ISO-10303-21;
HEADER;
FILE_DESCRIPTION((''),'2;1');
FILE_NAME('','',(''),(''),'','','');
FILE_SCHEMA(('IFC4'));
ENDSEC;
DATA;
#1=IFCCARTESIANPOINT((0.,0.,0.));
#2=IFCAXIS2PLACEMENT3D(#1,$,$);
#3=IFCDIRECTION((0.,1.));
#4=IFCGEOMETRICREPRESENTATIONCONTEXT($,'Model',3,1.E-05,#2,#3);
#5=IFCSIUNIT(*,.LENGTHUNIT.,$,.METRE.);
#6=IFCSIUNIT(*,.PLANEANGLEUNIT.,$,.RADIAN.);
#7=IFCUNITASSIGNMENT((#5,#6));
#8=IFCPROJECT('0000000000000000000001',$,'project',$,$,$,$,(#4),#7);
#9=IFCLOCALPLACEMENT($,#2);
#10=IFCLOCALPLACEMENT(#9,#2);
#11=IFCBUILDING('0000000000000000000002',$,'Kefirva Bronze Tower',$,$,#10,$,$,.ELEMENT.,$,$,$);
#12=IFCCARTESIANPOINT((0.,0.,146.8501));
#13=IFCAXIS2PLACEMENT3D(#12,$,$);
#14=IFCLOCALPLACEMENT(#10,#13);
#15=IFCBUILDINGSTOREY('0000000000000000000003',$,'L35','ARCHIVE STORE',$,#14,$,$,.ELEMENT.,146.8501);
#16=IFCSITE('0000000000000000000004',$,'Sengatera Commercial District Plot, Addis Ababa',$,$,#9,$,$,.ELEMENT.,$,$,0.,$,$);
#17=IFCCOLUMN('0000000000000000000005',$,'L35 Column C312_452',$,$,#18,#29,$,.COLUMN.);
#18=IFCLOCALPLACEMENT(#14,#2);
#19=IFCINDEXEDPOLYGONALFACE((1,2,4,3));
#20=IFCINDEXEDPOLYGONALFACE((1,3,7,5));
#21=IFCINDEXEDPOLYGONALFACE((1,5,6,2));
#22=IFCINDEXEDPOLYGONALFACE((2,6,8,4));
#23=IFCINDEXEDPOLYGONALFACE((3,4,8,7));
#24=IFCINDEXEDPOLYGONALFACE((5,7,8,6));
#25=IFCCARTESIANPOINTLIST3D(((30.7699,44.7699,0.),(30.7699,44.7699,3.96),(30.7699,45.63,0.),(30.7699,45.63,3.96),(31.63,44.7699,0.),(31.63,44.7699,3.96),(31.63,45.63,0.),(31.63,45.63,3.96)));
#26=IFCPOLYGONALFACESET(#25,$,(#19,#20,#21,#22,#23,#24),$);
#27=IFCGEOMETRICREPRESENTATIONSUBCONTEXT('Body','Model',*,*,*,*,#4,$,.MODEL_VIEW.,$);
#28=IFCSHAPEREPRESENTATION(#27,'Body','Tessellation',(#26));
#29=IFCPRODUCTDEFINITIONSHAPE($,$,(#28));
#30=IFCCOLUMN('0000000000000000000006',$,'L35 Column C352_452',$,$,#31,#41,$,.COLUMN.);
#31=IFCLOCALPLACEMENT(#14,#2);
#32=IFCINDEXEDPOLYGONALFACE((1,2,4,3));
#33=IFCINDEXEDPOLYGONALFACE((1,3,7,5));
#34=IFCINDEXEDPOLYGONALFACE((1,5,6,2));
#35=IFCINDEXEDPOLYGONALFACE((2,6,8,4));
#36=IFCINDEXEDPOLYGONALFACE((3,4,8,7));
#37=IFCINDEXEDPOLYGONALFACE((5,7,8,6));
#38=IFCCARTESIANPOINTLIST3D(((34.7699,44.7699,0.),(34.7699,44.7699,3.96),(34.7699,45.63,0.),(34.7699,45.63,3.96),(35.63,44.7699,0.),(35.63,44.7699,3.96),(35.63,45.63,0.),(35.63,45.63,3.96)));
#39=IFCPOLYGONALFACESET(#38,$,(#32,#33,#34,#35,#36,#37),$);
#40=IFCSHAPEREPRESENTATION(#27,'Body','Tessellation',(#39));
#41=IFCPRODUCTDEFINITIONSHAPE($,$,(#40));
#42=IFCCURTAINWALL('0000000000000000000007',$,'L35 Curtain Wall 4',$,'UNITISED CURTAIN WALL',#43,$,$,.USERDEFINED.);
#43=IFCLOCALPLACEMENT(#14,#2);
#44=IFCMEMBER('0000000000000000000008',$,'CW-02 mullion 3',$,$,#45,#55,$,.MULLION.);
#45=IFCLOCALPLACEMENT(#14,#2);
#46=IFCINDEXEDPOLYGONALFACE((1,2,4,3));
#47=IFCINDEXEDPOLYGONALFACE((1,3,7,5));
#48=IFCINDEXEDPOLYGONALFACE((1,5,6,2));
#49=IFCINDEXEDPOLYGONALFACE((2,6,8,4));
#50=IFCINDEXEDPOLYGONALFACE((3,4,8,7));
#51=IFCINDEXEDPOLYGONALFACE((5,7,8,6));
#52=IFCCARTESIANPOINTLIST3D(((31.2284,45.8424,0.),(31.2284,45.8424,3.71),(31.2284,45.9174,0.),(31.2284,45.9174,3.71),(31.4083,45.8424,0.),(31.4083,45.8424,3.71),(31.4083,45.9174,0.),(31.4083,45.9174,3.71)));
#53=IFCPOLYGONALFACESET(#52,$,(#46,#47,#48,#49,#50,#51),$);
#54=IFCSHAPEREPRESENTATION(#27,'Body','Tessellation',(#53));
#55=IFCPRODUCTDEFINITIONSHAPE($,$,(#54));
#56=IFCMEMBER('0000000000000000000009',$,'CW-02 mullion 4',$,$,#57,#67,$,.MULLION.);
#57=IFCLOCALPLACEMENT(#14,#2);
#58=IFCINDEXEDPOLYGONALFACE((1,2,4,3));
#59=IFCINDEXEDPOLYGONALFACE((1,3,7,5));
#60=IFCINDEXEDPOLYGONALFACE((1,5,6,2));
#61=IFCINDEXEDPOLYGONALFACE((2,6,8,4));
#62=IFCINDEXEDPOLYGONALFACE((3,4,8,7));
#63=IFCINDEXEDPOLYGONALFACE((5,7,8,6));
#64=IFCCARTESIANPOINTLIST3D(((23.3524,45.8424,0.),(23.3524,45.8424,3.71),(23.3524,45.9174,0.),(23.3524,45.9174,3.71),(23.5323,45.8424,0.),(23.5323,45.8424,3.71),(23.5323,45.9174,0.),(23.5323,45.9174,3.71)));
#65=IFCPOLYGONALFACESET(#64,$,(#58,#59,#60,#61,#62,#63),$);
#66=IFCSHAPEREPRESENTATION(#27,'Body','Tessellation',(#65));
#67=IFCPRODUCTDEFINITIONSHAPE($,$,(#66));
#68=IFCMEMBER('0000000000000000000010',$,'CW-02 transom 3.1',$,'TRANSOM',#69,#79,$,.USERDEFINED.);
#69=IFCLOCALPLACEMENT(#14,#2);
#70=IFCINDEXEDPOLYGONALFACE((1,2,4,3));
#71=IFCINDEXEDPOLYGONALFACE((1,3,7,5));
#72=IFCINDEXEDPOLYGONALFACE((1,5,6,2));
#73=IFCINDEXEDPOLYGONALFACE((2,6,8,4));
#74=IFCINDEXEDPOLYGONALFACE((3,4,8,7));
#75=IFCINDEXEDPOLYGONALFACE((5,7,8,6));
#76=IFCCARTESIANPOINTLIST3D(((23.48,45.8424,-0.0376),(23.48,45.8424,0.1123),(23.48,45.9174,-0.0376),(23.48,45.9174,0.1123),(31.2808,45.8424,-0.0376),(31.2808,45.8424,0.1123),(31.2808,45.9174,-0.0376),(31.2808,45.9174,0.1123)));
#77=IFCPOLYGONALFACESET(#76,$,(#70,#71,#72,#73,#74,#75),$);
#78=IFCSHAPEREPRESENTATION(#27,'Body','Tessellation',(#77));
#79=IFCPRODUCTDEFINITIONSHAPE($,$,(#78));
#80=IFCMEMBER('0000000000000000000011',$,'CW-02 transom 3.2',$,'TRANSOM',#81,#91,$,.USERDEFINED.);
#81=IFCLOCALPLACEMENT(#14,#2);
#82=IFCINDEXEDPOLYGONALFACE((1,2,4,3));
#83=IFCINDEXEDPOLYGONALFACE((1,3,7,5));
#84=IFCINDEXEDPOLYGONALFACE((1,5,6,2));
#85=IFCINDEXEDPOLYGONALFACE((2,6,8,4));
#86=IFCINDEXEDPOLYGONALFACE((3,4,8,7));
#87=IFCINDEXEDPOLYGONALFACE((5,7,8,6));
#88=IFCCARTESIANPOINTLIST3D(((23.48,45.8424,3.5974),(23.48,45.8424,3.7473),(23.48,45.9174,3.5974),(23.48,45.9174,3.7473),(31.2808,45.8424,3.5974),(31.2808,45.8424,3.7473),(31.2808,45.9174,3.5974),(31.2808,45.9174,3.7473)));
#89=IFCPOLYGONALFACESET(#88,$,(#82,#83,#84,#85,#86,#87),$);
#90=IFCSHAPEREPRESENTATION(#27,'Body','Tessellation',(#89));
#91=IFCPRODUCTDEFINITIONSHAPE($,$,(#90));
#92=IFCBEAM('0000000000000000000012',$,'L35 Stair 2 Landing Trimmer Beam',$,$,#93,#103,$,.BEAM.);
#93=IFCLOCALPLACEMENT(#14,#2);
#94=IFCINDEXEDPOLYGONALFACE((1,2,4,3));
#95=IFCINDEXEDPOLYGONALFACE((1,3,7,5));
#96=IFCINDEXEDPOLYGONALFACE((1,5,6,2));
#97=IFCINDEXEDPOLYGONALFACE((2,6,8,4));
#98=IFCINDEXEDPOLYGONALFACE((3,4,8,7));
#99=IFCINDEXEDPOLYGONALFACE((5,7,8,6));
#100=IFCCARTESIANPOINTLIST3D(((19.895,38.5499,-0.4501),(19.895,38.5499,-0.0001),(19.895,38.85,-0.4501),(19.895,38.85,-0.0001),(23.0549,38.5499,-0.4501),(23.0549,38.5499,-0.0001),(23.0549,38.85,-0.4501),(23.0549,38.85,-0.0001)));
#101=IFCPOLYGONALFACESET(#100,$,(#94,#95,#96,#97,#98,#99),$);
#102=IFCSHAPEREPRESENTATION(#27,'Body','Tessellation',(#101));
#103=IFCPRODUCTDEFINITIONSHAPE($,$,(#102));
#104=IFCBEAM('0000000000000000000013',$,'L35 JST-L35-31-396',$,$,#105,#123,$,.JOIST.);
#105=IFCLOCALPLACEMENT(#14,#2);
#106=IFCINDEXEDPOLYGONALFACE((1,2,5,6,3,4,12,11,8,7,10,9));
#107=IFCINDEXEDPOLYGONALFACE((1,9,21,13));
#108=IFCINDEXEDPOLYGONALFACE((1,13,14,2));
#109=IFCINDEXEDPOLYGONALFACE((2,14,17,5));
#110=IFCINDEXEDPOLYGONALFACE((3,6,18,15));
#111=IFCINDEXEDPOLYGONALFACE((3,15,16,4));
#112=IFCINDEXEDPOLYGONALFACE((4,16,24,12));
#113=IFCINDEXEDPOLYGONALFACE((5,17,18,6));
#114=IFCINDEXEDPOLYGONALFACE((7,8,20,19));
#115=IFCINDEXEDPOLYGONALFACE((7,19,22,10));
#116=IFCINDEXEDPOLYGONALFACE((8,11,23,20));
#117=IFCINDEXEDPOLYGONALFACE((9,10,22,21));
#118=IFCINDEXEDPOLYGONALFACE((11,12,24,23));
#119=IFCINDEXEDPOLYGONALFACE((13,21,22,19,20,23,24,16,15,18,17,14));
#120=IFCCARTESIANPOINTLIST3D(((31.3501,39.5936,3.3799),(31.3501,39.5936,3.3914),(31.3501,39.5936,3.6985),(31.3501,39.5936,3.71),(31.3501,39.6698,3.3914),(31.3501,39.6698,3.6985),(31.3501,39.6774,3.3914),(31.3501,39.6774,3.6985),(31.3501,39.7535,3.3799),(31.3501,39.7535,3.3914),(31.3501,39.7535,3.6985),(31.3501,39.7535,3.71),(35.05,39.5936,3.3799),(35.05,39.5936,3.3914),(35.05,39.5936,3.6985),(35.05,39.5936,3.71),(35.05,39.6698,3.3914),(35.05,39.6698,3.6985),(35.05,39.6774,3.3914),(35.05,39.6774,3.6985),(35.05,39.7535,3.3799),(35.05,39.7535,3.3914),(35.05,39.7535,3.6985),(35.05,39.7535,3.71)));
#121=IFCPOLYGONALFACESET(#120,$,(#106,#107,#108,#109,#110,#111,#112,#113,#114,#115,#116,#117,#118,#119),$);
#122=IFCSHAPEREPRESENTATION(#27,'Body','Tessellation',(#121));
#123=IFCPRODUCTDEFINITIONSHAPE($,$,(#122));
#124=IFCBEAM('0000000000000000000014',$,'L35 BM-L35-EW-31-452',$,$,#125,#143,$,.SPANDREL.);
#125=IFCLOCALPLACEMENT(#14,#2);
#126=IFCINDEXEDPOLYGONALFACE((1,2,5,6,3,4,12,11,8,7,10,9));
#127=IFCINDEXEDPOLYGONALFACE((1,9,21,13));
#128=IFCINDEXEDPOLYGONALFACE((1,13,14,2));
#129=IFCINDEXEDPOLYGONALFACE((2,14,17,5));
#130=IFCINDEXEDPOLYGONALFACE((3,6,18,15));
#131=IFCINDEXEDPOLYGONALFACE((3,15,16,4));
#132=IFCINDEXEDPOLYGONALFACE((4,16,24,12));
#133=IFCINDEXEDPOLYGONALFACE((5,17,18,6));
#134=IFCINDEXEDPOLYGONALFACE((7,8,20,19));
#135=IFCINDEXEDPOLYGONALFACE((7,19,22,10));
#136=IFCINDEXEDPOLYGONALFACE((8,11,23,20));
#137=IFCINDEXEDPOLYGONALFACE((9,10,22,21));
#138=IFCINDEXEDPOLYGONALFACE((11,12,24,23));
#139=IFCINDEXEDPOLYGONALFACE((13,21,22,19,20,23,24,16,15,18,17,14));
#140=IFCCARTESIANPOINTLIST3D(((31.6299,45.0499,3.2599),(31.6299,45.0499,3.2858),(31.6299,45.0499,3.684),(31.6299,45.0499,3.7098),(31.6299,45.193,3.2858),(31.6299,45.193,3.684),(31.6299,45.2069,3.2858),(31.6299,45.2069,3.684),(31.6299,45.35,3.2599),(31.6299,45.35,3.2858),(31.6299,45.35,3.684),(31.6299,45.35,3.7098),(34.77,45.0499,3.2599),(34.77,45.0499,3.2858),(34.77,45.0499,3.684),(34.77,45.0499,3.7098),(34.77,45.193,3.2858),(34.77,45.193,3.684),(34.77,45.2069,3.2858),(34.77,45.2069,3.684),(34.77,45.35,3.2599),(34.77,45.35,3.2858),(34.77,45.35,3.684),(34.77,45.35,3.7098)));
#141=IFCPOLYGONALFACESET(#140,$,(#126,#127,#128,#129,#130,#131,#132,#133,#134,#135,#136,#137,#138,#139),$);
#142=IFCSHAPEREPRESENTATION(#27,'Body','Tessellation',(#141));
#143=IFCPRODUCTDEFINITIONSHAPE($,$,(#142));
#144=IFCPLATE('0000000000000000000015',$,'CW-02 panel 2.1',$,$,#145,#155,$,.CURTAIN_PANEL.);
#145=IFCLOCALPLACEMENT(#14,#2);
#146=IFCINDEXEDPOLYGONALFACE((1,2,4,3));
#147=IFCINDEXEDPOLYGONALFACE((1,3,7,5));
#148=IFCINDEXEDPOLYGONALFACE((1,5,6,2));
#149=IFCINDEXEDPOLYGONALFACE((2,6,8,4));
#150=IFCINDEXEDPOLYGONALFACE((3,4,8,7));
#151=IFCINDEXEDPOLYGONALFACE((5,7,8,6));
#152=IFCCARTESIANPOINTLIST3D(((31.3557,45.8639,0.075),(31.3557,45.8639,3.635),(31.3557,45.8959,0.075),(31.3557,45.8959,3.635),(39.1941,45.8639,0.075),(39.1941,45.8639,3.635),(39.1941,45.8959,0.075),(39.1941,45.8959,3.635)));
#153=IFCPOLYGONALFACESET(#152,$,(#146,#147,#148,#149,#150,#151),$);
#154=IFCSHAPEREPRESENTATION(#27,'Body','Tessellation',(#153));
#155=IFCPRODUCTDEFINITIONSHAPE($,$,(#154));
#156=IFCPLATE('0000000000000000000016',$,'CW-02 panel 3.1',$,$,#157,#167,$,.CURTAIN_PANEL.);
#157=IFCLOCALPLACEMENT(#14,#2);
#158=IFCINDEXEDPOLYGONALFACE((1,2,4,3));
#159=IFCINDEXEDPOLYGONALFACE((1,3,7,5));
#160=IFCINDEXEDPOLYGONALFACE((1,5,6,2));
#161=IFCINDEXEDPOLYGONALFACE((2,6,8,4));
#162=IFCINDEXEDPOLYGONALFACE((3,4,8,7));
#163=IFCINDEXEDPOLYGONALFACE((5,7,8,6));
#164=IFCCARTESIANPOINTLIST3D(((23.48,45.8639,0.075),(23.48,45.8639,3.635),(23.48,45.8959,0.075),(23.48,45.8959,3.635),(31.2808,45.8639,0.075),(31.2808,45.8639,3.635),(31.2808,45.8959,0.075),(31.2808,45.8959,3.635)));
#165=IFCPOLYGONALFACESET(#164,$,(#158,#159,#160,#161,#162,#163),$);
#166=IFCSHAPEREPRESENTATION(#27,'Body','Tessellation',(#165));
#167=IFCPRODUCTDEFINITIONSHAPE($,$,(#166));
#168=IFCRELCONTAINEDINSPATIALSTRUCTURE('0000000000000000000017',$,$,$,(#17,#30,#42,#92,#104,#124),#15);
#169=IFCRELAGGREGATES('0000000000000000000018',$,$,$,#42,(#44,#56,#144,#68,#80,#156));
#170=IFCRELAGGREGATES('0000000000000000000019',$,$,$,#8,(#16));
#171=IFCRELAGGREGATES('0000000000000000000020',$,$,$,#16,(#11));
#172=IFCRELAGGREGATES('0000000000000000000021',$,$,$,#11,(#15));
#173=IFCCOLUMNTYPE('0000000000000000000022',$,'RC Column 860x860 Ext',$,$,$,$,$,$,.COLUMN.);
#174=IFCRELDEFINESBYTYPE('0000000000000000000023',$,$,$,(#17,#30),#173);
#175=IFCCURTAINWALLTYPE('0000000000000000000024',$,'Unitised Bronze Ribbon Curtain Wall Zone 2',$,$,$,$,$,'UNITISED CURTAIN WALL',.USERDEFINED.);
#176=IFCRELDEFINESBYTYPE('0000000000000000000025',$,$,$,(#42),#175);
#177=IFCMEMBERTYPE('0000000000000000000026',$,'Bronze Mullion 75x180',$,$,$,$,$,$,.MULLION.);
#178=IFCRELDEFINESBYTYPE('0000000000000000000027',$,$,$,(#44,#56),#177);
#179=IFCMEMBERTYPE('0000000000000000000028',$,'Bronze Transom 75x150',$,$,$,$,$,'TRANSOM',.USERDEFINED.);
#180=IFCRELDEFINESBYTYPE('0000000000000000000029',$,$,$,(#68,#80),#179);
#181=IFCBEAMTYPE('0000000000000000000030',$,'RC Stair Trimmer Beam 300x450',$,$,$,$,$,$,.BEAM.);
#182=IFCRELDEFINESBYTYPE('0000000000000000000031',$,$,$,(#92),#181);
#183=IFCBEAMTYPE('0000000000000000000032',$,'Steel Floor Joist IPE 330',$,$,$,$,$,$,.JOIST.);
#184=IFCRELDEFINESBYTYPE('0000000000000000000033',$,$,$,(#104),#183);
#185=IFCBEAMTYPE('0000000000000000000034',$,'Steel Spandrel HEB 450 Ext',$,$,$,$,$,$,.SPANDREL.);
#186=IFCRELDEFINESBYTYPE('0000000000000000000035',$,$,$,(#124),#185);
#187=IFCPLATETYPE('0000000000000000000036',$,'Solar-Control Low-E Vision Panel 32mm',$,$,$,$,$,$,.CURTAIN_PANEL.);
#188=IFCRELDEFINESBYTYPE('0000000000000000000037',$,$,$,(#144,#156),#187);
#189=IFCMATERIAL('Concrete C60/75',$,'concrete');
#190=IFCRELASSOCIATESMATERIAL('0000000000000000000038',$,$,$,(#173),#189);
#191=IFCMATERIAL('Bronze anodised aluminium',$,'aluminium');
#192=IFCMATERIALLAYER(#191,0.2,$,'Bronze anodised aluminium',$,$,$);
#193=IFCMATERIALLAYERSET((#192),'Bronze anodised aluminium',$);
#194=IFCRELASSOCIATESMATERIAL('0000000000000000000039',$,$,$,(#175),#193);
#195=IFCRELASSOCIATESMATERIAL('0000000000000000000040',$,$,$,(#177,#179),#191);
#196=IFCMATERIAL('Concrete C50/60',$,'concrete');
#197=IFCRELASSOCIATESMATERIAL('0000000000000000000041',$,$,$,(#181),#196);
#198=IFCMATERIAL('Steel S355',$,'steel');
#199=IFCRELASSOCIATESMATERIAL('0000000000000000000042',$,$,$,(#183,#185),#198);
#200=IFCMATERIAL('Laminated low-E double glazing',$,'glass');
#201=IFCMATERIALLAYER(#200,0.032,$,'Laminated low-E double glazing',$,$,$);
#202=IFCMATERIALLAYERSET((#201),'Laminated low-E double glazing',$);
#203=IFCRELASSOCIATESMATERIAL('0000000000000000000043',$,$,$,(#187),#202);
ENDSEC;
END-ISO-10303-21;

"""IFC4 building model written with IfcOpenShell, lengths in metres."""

from ifc_helpers import new_model, si_unit, direction, frame, origin, origin_2d, place, context, subcontext, project, spatial, rectangle, i_section, extrude, material, layer, layer_set, material_profile, profile_set, type_object, element, aggregate, save


model = new_model("IFC4")

# Units and contexts
model_context = context("Model", 3, precision=1e-05, world=origin(), true_north=direction((0.0, 1.0)))
body_context = subcontext(model_context, "Body", "Model", "MODEL_VIEW")
ifc_project = project(units=[si_unit("LENGTHUNIT", "METRE"), si_unit("PLANEANGLEUNIT", "RADIAN")], contexts=[model_context])

# Site, building, storey
site_placement = place(None, origin())
site = spatial("IfcSite", under=ifc_project, at=site_placement, Name="Sengatera Commercial District Plot, Addis Ababa", CompositionType="ELEMENT", RefElevation=0.0)
building_placement = place(site_placement, origin())
building = spatial("IfcBuilding", under=site, at=building_placement, Name="Kefirva Bronze Tower", CompositionType="ELEMENT")
storey_placement = place(building_placement, frame((0.0, 0.0, 146.8501)))
storey = spatial("IfcBuildingStorey", under=building, at=storey_placement, Name="L35", Description="ARCHIVE STORE", CompositionType="ELEMENT", Elevation=146.8501)

# Columns
ifc_material_1 = material(Name="Concrete C60/75", Category="concrete")
ifc_material_profile_1 = material_profile(ifc_material_1, rectangle(XDim=0.8601, YDim=0.8601, at=origin_2d()), Name="RC 860x860")
ifc_profile_set_1 = profile_set([ifc_material_profile_1], Name="Concrete C60/75")
column_type = type_object("IfcColumnType", Name="RC Column 860x860 Ext", PredefinedType="COLUMN", material=ifc_profile_set_1)
for number, where, z_axis, x_axis, name in (
    (1, (31.2, 45.2, 0.0), (0.0, 0.0, 1.0), (1.0, 0.0, 0.0), "L35 Column C312_452"),
    (2, (35.2, 45.2, 0.0), (0.0, 0.0, 1.0), (1.0, 0.0, 0.0), "L35 Column C352_452"),
):
    element("IfcColumn", number, at=place(storey_placement, frame(where, z_axis=z_axis, x_axis=x_axis)), inside=storey, type_object=column_type, Name=name, PredefinedType="COLUMN", context=body_context, shape_type="SweptSolid", body=[
        extrude(rectangle(XDim=0.8601, YDim=0.8601, at=origin_2d()), origin(), (0.0, 0.0, 1.0), 3.96),
    ])

# Curtain wall, members
ifc_material_2 = material(Name="Bronze anodised aluminium", Category="aluminium")
ifc_layer_1 = layer(ifc_material_2, 0.2, Name="Bronze anodised aluminium")
ifc_layer_set_1 = layer_set([ifc_layer_1], Name="Bronze anodised aluminium")
curtain_wall_type = type_object("IfcCurtainWallType", Name="Unitised Bronze Ribbon Curtain Wall Zone 2", ElementType="UNITISED CURTAIN WALL", PredefinedType="USERDEFINED", material=ifc_layer_set_1)
curtain_wall_placement = place(storey_placement, origin())
curtain_wall = element("IfcCurtainWall", 3, at=curtain_wall_placement, inside=storey, type_object=curtain_wall_type, Name="L35 Curtain Wall 4", ObjectType="UNITISED CURTAIN WALL", PredefinedType="USERDEFINED")
ifc_material_profile_2 = material_profile(ifc_material_2, rectangle(XDim=0.075, YDim=0.1799, at=origin_2d()), Name="ALU 75x180")
ifc_profile_set_2 = profile_set([ifc_material_profile_2], Name="Bronze anodised aluminium")
member_type_1 = type_object("IfcMemberType", Name="Bronze Mullion 75x180", PredefinedType="MULLION", material=ifc_profile_set_2)
member_1_placement = place(storey_placement, frame((31.3184, 45.8799, 0.0), z_axis=(0.0, 0.0, 1.0), x_axis=(0.0, -1.0, 0.0)))
member_1 = element("IfcMember", 4, at=member_1_placement, type_object=member_type_1, Name="CW-02 mullion 3", PredefinedType="MULLION", context=body_context, shape_type="SweptSolid", body=[
    extrude(rectangle(XDim=0.075, YDim=0.1799, at=origin_2d()), origin(), (0.0, 0.0, 1.0), 3.71),
])
member_2_placement = place(storey_placement, frame((23.4424, 45.8799, 0.0), z_axis=(0.0, 0.0, 1.0), x_axis=(0.0, -1.0, 0.0)))
member_2 = element("IfcMember", 5, at=member_2_placement, type_object=member_type_1, Name="CW-02 mullion 4", PredefinedType="MULLION", context=body_context, shape_type="SweptSolid", body=[
    extrude(rectangle(XDim=0.075, YDim=0.1799, at=origin_2d()), origin(), (0.0, 0.0, 1.0), 3.71),
])
ifc_material_profile_3 = material_profile(ifc_material_2, rectangle(XDim=0.075, YDim=0.1499, at=origin_2d()), Name="ALU 75x150")
ifc_profile_set_3 = profile_set([ifc_material_profile_3], Name="Bronze anodised aluminium")
member_type_2 = type_object("IfcMemberType", Name="Bronze Transom 75x150", ElementType="TRANSOM", PredefinedType="USERDEFINED", material=ifc_profile_set_3)
member_3_placement = place(storey_placement, frame((31.2808, 45.8799, 0.0374), z_axis=(-1.0, 0.0, 0.0), x_axis=(0.0, -1.0, 0.0)))
member_3 = element("IfcMember", 6, at=member_3_placement, type_object=member_type_2, Name="CW-02 transom 3.1", ObjectType="TRANSOM", PredefinedType="USERDEFINED", context=body_context, shape_type="SweptSolid", body=[
    extrude(rectangle(XDim=0.075, YDim=0.1499, at=origin_2d()), origin(), (0.0, 0.0, 1.0), 7.8008),
])
member_4_placement = place(storey_placement, frame((31.2808, 45.8799, 3.6724), z_axis=(-1.0, 0.0, 0.0), x_axis=(0.0, -1.0, 0.0)))
member_4 = element("IfcMember", 7, at=member_4_placement, type_object=member_type_2, Name="CW-02 transom 3.2", ObjectType="TRANSOM", PredefinedType="USERDEFINED", context=body_context, shape_type="SweptSolid", body=[
    extrude(rectangle(XDim=0.075, YDim=0.1499, at=origin_2d()), origin(), (0.0, 0.0, 1.0), 7.8008),
])

# Beams
ifc_material_3 = material(Name="Concrete C50/60", Category="concrete")
ifc_material_profile_4 = material_profile(ifc_material_3, rectangle(XDim=0.3, YDim=0.45, at=origin_2d()), Name="RC 300x450")
ifc_profile_set_4 = profile_set([ifc_material_profile_4], Name="Concrete C50/60")
beam_type_1 = type_object("IfcBeamType", Name="RC Stair Trimmer Beam 300x450", PredefinedType="BEAM", material=ifc_profile_set_4)
beam_1_placement = place(storey_placement, frame((19.895, 38.7, -0.2251), z_axis=(1.0, 0.0, 0.0), x_axis=(0.0, 1.0, 0.0)))
element("IfcBeam", 8, at=beam_1_placement, inside=storey, type_object=beam_type_1, Name="L35 Stair 2 Landing Trimmer Beam", PredefinedType="BEAM", context=body_context, shape_type="SweptSolid", body=[
    extrude(rectangle(XDim=0.3, YDim=0.45, at=origin_2d()), origin(), (0.0, 0.0, 1.0), 3.1599),
])
ifc_material_4 = material(Name="Steel S355", Category="steel")
ifc_material_profile_5 = material_profile(ifc_material_4, i_section(OverallWidth=0.1599, OverallDepth=0.3301, WebThickness=0.0076, FlangeThickness=0.0115, at=origin_2d()), Name="IPE 330")
ifc_profile_set_5 = profile_set([ifc_material_profile_5], Name="Steel S355")
beam_type_2 = type_object("IfcBeamType", Name="Steel Floor Joist IPE 330", PredefinedType="JOIST", material=ifc_profile_set_5)
beam_2_placement = place(storey_placement, frame((31.3501, 39.6736, 3.5449), z_axis=(1.0, 0.0, 0.0), x_axis=(0.0, 1.0, 0.0)))
element("IfcBeam", 9, at=beam_2_placement, inside=storey, type_object=beam_type_2, Name="L35 JST-L35-31-396", PredefinedType="JOIST", context=body_context, shape_type="SweptSolid", body=[
    extrude(i_section(OverallWidth=0.1599, OverallDepth=0.3301, WebThickness=0.0076, FlangeThickness=0.0115, at=origin_2d()), origin(), (0.0, 0.0, 1.0), 3.7),
])
ifc_material_profile_6 = material_profile(ifc_material_4, i_section(OverallWidth=0.3, OverallDepth=0.45, WebThickness=0.0139, FlangeThickness=0.0259, at=origin_2d()), Name="HEB 450")
ifc_profile_set_6 = profile_set([ifc_material_profile_6], Name="Steel S355")
beam_type_3 = type_object("IfcBeamType", Name="Steel Spandrel HEB 450 Ext", PredefinedType="SPANDREL", material=ifc_profile_set_6)
beam_3_placement = place(storey_placement, frame((31.6299, 45.2, 3.4849), z_axis=(1.0, 0.0, 0.0), x_axis=(0.0, 1.0, 0.0)))
element("IfcBeam", 10, at=beam_3_placement, inside=storey, type_object=beam_type_3, Name="L35 BM-L35-EW-31-452", PredefinedType="SPANDREL", context=body_context, shape_type="SweptSolid", body=[
    extrude(i_section(OverallWidth=0.3, OverallDepth=0.45, WebThickness=0.0139, FlangeThickness=0.0259, at=origin_2d()), origin(), (0.0, 0.0, 1.0), 3.1401),
])

# Plates
ifc_material_5 = material(Name="Laminated low-E double glazing", Category="glass")
ifc_layer_2 = layer(ifc_material_5, 0.032, Name="Laminated low-E double glazing")
ifc_layer_set_2 = layer_set([ifc_layer_2], Name="Laminated low-E double glazing")
plate_type = type_object("IfcPlateType", Name="Solar-Control Low-E Vision Panel 32mm", PredefinedType="CURTAIN_PANEL", material=ifc_layer_set_2)
plate_1_placement = place(storey_placement, frame((35.2749, 45.8799, 0.075), z_axis=(0.0, 0.0, 1.0), x_axis=(-1.0, 0.0, 0.0)))
plate_1 = element("IfcPlate", 11, at=plate_1_placement, type_object=plate_type, Name="CW-02 panel 2.1", PredefinedType="CURTAIN_PANEL", context=body_context, shape_type="SweptSolid", body=[
    extrude(rectangle(XDim=7.8384, YDim=0.032, at=origin_2d()), origin(), (0.0, 0.0, 1.0), 3.5601),
])
plate_2_placement = place(storey_placement, frame((27.3804, 45.8799, 0.075), z_axis=(0.0, 0.0, 1.0), x_axis=(-1.0, 0.0, 0.0)))
plate_2 = element("IfcPlate", 12, at=plate_2_placement, type_object=plate_type, Name="CW-02 panel 3.1", PredefinedType="CURTAIN_PANEL", context=body_context, shape_type="SweptSolid", body=[
    extrude(rectangle(XDim=7.8008, YDim=0.032, at=origin_2d()), origin(), (0.0, 0.0, 1.0), 3.5601),
])
aggregate(curtain_wall, [member_1, member_2, plate_1, member_3, member_4, plate_2])

save(model, "model.ifc")
